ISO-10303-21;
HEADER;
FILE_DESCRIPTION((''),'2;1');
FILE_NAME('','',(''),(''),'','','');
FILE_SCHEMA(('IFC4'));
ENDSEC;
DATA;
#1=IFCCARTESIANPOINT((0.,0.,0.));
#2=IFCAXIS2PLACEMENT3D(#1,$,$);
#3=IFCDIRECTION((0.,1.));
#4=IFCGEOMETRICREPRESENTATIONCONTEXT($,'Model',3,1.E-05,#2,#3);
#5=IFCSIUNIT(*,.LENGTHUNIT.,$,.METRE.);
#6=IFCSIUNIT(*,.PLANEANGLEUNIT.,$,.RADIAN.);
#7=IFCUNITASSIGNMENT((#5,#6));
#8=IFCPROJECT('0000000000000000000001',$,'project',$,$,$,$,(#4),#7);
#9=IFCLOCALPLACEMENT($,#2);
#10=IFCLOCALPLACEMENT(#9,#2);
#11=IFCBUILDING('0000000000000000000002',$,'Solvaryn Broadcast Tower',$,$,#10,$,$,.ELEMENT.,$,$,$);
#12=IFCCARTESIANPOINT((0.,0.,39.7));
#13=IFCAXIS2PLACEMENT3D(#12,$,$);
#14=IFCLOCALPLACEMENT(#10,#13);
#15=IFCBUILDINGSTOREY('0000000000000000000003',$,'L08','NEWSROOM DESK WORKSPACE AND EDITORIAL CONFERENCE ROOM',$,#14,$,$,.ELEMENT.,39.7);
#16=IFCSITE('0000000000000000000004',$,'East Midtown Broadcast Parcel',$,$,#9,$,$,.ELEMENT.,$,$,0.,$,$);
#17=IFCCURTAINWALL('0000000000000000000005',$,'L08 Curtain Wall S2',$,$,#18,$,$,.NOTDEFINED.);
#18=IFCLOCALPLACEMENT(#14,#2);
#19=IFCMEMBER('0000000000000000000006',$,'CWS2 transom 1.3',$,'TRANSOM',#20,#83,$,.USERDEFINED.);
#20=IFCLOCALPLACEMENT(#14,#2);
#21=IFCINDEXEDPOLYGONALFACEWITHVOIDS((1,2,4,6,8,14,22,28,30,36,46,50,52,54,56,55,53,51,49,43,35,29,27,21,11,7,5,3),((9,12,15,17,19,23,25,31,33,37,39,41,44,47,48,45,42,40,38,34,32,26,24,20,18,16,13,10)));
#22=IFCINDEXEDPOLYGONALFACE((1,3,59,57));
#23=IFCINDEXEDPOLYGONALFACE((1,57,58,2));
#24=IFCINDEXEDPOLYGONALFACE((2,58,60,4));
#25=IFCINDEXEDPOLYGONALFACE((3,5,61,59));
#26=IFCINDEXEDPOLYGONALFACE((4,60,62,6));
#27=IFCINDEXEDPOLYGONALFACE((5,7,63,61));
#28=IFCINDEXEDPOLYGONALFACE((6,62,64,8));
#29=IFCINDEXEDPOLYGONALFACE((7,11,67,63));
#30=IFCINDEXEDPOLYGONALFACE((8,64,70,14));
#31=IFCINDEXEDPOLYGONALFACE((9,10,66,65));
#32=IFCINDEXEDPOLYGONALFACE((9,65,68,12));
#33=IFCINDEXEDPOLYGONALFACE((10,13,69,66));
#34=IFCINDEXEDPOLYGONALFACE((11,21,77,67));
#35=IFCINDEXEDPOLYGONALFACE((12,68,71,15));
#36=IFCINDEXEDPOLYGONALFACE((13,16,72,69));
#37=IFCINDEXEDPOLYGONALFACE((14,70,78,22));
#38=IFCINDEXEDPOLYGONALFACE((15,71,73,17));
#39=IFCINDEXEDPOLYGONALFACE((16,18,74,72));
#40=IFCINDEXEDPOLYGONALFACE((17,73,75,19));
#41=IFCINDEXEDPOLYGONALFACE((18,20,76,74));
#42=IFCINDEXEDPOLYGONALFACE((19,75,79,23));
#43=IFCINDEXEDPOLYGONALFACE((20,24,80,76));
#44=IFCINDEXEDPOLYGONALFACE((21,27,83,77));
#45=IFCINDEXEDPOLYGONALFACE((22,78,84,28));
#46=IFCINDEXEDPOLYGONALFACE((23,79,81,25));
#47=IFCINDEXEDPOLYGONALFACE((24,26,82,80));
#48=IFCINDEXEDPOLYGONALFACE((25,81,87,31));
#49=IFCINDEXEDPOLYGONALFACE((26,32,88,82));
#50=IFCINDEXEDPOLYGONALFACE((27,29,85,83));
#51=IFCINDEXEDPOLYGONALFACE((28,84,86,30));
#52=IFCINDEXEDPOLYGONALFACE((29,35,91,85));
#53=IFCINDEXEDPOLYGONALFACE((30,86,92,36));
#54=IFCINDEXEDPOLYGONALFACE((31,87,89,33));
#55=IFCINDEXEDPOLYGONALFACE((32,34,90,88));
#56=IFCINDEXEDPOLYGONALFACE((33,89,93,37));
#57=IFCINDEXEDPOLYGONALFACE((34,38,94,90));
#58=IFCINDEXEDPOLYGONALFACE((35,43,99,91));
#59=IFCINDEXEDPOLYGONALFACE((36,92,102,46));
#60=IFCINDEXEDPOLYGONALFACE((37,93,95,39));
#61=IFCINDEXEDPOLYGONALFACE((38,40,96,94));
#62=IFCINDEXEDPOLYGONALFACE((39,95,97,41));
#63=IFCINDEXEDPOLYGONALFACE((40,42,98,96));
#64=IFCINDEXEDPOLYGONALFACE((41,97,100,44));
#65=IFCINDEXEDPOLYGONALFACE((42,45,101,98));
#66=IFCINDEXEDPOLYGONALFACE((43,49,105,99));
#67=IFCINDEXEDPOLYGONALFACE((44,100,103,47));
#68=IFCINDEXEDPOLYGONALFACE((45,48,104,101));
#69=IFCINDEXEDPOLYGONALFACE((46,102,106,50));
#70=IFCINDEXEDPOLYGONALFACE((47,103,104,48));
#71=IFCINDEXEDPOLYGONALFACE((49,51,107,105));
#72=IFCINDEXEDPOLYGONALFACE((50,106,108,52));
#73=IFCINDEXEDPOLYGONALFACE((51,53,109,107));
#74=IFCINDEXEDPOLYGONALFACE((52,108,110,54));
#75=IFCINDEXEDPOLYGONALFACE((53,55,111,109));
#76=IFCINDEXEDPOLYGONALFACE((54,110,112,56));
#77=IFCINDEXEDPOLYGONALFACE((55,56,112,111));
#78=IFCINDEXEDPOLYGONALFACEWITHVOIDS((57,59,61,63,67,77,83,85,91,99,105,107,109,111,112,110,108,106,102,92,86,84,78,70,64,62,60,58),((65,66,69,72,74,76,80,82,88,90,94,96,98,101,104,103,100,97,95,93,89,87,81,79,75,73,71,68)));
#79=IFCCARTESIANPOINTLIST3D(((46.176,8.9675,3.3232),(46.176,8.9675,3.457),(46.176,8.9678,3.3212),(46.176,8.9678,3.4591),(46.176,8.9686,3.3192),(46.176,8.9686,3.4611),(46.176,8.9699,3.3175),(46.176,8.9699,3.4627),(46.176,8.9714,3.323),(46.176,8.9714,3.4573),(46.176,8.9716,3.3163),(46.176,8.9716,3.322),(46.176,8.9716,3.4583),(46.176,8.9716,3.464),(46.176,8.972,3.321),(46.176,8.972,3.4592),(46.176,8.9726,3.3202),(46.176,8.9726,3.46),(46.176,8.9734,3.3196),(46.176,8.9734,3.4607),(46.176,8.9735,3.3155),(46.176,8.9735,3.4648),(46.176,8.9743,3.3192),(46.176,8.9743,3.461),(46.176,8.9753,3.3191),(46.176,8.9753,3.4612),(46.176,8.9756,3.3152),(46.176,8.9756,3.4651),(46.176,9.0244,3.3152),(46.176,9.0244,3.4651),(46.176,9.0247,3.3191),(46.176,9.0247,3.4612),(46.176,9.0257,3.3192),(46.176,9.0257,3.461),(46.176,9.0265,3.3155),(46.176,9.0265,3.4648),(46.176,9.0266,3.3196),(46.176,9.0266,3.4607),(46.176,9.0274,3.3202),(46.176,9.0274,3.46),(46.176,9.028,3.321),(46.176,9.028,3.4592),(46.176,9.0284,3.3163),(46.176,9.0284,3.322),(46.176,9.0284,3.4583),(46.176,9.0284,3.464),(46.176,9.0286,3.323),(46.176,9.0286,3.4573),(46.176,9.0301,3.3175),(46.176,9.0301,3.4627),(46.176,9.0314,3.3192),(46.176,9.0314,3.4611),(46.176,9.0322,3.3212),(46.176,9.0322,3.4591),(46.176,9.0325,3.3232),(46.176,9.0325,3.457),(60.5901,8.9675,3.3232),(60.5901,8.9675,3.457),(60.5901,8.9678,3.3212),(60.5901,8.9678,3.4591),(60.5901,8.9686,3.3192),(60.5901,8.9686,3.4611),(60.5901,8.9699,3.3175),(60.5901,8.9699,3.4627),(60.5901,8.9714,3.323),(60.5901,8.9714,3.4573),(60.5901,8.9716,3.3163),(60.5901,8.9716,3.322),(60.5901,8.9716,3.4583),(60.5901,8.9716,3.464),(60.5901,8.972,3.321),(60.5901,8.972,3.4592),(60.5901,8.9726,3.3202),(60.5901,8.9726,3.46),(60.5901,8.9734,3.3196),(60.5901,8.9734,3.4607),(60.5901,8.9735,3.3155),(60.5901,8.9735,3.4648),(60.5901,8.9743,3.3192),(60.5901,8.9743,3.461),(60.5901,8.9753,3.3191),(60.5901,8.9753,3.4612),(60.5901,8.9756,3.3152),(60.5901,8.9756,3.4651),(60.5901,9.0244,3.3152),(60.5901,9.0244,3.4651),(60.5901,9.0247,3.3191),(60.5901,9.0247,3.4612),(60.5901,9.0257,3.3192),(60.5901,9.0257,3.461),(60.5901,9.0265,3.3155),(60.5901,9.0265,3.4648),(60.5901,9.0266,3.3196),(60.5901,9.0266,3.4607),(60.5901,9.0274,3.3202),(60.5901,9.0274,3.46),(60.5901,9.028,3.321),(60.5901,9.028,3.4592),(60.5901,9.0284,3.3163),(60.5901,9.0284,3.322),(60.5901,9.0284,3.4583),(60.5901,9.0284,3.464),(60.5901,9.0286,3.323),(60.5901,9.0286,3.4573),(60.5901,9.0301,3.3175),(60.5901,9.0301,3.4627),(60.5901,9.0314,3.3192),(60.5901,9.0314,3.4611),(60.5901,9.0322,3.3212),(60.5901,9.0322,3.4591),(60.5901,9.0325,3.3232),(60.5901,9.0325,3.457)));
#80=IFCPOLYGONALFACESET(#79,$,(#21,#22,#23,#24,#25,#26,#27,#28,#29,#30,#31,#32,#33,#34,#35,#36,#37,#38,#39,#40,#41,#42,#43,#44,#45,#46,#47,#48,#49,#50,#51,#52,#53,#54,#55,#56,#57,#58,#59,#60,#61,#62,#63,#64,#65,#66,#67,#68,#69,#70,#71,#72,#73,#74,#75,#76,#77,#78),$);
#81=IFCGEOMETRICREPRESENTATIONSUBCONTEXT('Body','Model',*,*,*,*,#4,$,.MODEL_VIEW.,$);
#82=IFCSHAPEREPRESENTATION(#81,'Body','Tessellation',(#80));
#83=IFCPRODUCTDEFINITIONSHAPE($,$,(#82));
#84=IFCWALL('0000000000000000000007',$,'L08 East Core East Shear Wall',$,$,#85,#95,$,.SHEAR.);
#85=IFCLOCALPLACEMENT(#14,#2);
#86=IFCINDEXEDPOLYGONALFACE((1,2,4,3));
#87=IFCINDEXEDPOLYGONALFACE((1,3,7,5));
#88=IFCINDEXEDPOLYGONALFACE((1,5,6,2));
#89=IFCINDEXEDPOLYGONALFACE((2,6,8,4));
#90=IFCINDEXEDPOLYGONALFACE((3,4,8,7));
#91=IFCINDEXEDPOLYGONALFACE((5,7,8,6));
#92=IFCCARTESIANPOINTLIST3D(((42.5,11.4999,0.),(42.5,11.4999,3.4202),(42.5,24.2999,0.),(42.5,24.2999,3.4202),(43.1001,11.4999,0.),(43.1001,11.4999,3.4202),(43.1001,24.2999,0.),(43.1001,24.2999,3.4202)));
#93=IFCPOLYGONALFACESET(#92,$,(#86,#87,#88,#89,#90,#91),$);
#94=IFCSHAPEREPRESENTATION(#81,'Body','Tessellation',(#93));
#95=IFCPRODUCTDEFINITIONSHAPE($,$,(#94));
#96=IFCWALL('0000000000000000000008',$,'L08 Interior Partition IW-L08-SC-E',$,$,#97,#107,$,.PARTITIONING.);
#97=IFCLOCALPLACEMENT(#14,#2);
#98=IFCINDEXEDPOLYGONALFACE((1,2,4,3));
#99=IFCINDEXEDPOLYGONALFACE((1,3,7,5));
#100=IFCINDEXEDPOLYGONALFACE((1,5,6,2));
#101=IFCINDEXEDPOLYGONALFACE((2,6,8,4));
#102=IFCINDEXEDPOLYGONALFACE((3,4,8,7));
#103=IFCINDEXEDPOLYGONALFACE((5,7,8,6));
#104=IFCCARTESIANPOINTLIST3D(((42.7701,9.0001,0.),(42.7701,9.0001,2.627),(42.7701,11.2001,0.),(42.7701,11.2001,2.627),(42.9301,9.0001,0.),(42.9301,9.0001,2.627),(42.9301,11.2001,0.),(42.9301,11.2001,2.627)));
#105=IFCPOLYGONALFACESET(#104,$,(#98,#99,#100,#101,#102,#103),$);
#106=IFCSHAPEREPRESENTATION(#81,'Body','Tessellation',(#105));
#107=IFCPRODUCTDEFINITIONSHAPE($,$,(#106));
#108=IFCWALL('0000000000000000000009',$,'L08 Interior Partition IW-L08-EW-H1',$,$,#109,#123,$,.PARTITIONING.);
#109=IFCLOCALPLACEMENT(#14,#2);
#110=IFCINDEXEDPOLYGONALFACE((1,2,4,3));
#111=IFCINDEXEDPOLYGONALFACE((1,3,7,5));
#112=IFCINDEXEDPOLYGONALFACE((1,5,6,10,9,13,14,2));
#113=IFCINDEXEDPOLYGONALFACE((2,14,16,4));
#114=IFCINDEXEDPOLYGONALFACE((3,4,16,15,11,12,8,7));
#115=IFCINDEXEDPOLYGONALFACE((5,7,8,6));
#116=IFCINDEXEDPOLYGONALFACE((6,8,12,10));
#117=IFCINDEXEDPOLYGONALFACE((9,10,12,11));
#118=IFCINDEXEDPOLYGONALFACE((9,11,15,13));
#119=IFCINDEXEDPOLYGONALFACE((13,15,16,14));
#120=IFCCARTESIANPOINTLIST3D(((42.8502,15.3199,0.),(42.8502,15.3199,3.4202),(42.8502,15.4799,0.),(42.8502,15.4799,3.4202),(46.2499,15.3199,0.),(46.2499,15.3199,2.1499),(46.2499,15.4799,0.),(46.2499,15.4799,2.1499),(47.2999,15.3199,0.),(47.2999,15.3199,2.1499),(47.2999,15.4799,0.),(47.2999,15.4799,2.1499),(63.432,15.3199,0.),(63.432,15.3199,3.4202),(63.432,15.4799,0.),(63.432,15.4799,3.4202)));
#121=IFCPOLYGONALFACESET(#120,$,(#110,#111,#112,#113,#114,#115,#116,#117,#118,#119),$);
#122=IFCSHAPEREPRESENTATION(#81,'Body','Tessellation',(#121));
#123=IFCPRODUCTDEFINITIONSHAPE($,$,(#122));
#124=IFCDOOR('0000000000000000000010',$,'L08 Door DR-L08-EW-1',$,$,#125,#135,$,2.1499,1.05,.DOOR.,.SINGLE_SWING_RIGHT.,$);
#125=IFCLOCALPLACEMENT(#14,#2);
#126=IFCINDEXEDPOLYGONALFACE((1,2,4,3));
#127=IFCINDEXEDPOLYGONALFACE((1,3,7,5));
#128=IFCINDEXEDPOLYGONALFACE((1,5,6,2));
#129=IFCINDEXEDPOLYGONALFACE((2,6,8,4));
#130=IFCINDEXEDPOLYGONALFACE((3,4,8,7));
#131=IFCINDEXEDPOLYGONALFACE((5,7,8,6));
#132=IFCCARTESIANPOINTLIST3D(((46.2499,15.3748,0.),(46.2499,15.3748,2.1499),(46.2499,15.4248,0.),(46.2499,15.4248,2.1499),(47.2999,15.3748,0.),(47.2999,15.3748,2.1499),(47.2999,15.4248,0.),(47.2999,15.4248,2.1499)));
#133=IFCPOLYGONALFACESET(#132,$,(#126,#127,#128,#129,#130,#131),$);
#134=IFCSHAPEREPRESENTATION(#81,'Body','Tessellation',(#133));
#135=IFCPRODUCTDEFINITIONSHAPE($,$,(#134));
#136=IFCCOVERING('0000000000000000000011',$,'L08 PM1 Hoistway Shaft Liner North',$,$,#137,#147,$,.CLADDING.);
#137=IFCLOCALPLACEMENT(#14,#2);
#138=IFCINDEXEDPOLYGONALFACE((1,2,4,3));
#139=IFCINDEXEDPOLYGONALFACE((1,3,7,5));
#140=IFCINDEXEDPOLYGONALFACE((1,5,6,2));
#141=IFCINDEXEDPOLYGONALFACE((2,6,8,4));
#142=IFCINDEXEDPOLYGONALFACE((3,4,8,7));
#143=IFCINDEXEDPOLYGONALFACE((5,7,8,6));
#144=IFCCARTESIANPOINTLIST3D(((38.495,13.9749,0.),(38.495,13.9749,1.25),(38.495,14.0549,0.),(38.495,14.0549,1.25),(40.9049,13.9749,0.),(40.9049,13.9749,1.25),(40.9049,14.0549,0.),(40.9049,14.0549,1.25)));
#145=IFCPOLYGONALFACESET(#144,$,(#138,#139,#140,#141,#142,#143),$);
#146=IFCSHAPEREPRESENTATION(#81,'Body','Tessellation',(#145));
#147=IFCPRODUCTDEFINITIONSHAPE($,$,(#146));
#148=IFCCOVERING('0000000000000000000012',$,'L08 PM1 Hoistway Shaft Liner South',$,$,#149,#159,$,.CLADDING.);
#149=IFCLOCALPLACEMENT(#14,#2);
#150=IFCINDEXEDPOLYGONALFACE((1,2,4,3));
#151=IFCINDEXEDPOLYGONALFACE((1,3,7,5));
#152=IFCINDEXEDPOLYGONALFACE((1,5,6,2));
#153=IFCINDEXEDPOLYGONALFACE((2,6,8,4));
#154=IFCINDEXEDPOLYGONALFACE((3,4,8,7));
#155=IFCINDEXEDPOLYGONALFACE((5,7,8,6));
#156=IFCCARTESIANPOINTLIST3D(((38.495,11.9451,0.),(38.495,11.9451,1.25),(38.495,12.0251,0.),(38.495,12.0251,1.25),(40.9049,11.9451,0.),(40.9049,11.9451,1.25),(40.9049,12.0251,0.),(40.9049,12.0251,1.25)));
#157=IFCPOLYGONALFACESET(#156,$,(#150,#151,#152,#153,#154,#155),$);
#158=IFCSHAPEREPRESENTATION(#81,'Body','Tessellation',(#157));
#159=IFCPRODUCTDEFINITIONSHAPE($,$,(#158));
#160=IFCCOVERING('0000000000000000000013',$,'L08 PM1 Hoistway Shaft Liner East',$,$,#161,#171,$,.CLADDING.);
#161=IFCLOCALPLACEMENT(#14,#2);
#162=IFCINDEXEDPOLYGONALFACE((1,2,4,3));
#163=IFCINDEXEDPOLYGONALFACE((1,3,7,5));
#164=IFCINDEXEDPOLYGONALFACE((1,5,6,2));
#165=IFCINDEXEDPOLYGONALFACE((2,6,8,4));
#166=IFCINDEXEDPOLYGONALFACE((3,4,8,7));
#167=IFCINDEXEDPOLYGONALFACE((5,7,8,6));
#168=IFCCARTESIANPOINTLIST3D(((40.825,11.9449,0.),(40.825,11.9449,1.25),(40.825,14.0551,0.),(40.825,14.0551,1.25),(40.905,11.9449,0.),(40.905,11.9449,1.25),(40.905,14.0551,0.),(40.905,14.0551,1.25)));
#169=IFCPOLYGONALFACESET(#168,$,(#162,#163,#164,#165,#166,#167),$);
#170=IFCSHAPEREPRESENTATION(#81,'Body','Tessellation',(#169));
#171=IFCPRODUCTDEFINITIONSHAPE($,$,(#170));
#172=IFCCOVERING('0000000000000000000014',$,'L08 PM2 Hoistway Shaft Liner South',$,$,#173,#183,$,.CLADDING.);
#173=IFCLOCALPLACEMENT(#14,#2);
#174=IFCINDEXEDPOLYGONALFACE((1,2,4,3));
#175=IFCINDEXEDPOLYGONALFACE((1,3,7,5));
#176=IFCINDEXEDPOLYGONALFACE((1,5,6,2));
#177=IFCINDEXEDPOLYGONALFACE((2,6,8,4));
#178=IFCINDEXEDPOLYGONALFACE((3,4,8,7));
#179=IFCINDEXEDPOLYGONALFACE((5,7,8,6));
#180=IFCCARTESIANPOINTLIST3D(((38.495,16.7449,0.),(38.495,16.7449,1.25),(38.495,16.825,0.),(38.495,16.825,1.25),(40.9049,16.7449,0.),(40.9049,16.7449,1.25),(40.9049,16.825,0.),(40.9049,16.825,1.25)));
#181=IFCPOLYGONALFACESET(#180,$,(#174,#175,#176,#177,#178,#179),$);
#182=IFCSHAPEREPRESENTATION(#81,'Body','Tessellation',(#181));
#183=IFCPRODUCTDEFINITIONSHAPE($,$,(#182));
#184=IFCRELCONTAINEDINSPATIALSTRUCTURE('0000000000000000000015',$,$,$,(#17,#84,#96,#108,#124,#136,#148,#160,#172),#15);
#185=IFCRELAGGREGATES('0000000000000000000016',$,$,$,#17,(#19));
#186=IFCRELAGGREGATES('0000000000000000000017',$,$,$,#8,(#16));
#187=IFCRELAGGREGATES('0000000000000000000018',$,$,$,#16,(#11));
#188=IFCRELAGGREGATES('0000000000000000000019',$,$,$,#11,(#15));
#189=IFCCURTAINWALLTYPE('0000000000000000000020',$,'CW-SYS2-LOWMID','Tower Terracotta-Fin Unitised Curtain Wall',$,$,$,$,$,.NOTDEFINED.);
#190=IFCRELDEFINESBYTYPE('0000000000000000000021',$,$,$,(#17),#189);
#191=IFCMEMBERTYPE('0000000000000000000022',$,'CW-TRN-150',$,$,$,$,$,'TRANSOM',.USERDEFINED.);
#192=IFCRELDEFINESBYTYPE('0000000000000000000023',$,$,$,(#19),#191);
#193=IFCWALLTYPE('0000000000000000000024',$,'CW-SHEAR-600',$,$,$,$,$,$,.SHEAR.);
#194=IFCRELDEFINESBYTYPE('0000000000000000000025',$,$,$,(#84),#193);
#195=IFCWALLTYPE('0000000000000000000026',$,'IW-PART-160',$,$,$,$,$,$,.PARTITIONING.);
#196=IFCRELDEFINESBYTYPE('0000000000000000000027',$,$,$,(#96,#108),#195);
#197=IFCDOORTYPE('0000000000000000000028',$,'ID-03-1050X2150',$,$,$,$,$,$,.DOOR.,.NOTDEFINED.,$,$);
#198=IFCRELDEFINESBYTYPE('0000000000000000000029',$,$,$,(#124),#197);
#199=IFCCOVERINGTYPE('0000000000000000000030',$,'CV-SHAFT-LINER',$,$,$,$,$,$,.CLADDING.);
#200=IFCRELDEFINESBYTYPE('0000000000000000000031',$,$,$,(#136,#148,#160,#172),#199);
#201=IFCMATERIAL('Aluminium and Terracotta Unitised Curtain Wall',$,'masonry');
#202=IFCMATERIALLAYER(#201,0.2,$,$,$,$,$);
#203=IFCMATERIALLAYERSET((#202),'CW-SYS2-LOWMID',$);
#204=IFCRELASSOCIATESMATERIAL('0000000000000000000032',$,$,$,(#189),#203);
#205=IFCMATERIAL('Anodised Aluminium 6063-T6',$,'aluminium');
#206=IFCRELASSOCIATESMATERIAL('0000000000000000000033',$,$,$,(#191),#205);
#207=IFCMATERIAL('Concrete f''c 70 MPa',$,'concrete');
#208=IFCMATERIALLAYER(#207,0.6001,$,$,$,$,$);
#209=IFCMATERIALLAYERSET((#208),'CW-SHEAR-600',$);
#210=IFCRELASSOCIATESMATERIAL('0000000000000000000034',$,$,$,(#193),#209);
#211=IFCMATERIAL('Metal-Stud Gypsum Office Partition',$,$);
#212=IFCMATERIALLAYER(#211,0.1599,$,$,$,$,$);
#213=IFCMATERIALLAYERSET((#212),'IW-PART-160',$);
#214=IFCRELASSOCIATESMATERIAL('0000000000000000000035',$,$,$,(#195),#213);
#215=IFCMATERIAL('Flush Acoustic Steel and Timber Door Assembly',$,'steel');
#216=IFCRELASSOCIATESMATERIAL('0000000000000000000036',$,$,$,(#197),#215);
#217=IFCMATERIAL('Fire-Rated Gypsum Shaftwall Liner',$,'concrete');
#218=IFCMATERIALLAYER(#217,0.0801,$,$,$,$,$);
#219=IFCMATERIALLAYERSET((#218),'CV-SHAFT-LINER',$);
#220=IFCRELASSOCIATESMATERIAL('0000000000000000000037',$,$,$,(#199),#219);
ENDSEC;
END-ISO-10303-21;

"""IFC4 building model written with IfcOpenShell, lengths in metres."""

from ifc_helpers import new_model, si_unit, direction, frame, frame_2d, origin, origin_2d, place, context, subcontext, project, spatial, rectangle, hollow_rectangle, extrude, material, layer, layer_set, material_profile, profile_set, type_object, element, fill, aggregate, save


model = new_model("IFC4")

# Units and contexts
model_context = context("Model", 3, precision=1e-05, world=origin(), true_north=direction((0.0, 1.0)))
body_context = subcontext(model_context, "Body", "Model", "MODEL_VIEW")
ifc_project = project(units=[si_unit("LENGTHUNIT", "METRE"), si_unit("PLANEANGLEUNIT", "RADIAN")], contexts=[model_context])

# Site, building, storey
site_placement = place(None, origin())
site = spatial("IfcSite", under=ifc_project, at=site_placement, Name="East Midtown Broadcast Parcel", CompositionType="ELEMENT", RefElevation=0.0)
building_placement = place(site_placement, origin())
building = spatial("IfcBuilding", under=site, at=building_placement, Name="Solvaryn Broadcast Tower", CompositionType="ELEMENT")
storey_placement = place(building_placement, frame((0.0, 0.0, 39.7)))
storey = spatial("IfcBuildingStorey", under=building, at=storey_placement, Name="L08", Description="NEWSROOM DESK WORKSPACE AND EDITORIAL CONFERENCE ROOM", CompositionType="ELEMENT", Elevation=39.7)

# Shared definitions
ifc_material_1 = material(Name="Aluminium and Terracotta Unitised Curtain Wall", Category="masonry")
ifc_layer_1 = layer(ifc_material_1, 0.2)
ifc_layer_set_1 = layer_set([ifc_layer_1], Name="CW-SYS2-LOWMID")
curtain_wall_type = type_object("IfcCurtainWallType", Name="CW-SYS2-LOWMID", Description="Tower Terracotta-Fin Unitised Curtain Wall", PredefinedType="NOTDEFINED", material=ifc_layer_set_1)

# Curtain wall, member
curtain_wall_1_placement = place(storey_placement, origin())
curtain_wall_1 = element("IfcCurtainWall", 1, at=curtain_wall_1_placement, inside=storey, type_object=curtain_wall_type, Name="L08 Curtain Wall S2", PredefinedType="NOTDEFINED")
ifc_material_2 = material(Name="Anodised Aluminium 6063-T6", Category="aluminium")
ifc_material_profile_1 = material_profile(ifc_material_2, hollow_rectangle(XDim=0.0649, YDim=0.1499, WallThickness=0.0039, InnerFilletRadius=0.0039, OuterFilletRadius=0.0081, at=origin_2d()))
ifc_profile_set_1 = profile_set([ifc_material_profile_1], Name="Anodised Aluminium 6063-T6")
member_type_1 = type_object("IfcMemberType", Name="CW-TRN-150", ElementType="TRANSOM", PredefinedType="USERDEFINED", material=ifc_profile_set_1)
member_1_placement = place(storey_placement, frame((46.176, 9.0, 3.3901), z_axis=(1.0, 0.0, 0.0), x_axis=(0.0, 1.0, 0.0)))
member_1 = element("IfcMember", 2, at=member_1_placement, type_object=member_type_1, Name="CWS2 transom 1.3", ObjectType="TRANSOM", PredefinedType="USERDEFINED", context=body_context, shape_type="SweptSolid", body=[
    extrude(hollow_rectangle(XDim=0.0649, YDim=0.1499, WallThickness=0.0039, InnerFilletRadius=0.0039, OuterFilletRadius=0.0081, at=origin_2d()), origin(), (0.0, 0.0, 1.0), 14.4141),
])
aggregate(curtain_wall_1, [member_1])

# Walls
ifc_material_3 = material(Name="Concrete f'c 70 MPa", Category="concrete")
ifc_layer_2 = layer(ifc_material_3, 0.6001)
ifc_layer_set_2 = layer_set([ifc_layer_2], Name="CW-SHEAR-600")
wall_type_1 = type_object("IfcWallType", Name="CW-SHEAR-600", PredefinedType="SHEAR", material=ifc_layer_set_2)
wall_1_placement = place(storey_placement, frame((42.8, 11.5, 0.0), z_axis=(0.0, 0.0, 1.0), x_axis=(0.0, 1.0, 0.0)))
element("IfcWall", 3, at=wall_1_placement, inside=storey, type_object=wall_type_1, Name="L08 East Core East Shear Wall", PredefinedType="SHEAR", context=body_context, shape_type="SweptSolid", body=[
    extrude(rectangle(XDim=12.8, YDim=0.6001, at=frame_2d((6.3999, 0.0))), origin(), (0.0, 0.0, 1.0), 3.4202),
])
ifc_material_4 = material(Name="Metal-Stud Gypsum Office Partition")
ifc_layer_3 = layer(ifc_material_4, 0.1599)
ifc_layer_set_3 = layer_set([ifc_layer_3], Name="IW-PART-160")
wall_type_2 = type_object("IfcWallType", Name="IW-PART-160", PredefinedType="PARTITIONING", material=ifc_layer_set_3)
wall_2_placement = place(storey_placement, frame((42.8501, 9.0, 0.0), z_axis=(0.0, 0.0, 1.0), x_axis=(0.0, 1.0, 0.0)))
element("IfcWall", 4, at=wall_2_placement, inside=storey, type_object=wall_type_2, Name="L08 Interior Partition IW-L08-SC-E", PredefinedType="PARTITIONING", context=body_context, shape_type="SweptSolid", body=[
    extrude(rectangle(XDim=2.2, YDim=0.1599, at=frame_2d((1.1001, 0.0))), origin(), (0.0, 0.0, 1.0), 2.627),
])

# Wall, opening, door
wall_3_placement = place(storey_placement, frame((42.8501, 15.3999, 0.0), z_axis=(0.0, 0.0, 1.0), x_axis=(1.0, 0.0, 0.0)))
wall_3 = element("IfcWall", 5, at=wall_3_placement, inside=storey, type_object=wall_type_2, Name="L08 Interior Partition IW-L08-EW-H1", PredefinedType="PARTITIONING", context=body_context, shape_type="SweptSolid", body=[
    extrude(rectangle(XDim=20.5818, YDim=0.1599, at=frame_2d((10.291, 0.0))), origin(), (0.0, 0.0, 1.0), 3.4202),
])
opening_1_placement = place(wall_3_placement, frame((3.3999, 0.0, 0.0)))
opening_1 = element("IfcOpeningElement", 6, at=opening_1_placement, cuts=wall_3, PredefinedType="OPENING", context=body_context, shape_type="SweptSolid", body=[
    extrude(rectangle(XDim=1.05, YDim=2.1499, at=frame_2d((0.5249, 1.075))), frame((0.0, 0.0901, 0.0), z_axis=(0.0, -1.0, 0.0), x_axis=(1.0, 0.0, 0.0)), (0.0, 0.0, 1.0), 0.1799),
])
ifc_material_5 = material(Name="Flush Acoustic Steel and Timber Door Assembly", Category="steel")
door_type_1 = type_object("IfcDoorType", Name="ID-03-1050X2150", OperationType="NOTDEFINED", PredefinedType="DOOR", material=ifc_material_5)
door_1_placement = place(opening_1_placement, origin())
door_1 = element("IfcDoor", 7, at=door_1_placement, inside=storey, type_object=door_type_1, Name="L08 Door DR-L08-EW-1", OperationType="SINGLE_SWING_RIGHT", OverallHeight=2.1499, OverallWidth=1.05, PredefinedType="DOOR", context=body_context, shape_type="SweptSolid", body=[
    extrude(rectangle(XDim=1.05, YDim=2.1499, at=frame_2d((0.5249, 1.075))), frame((0.0, 0.0249, 0.0), z_axis=(0.0, -1.0, 0.0), x_axis=(1.0, 0.0, 0.0)), (0.0, 0.0, 1.0), 0.05),
])
fill(opening_1, door_1)

# Coverings
ifc_material_6 = material(Name="Fire-Rated Gypsum Shaftwall Liner", Category="concrete")
ifc_layer_4 = layer(ifc_material_6, 0.0801)
ifc_layer_set_4 = layer_set([ifc_layer_4], Name="CV-SHAFT-LINER")
covering_type_1 = type_object("IfcCoveringType", Name="CV-SHAFT-LINER", PredefinedType="CLADDING", material=ifc_layer_set_4)
for number, where, z_axis, x_axis, name in (
    (8, (39.7, 14.0149, 0.0), (0.0, 0.0, 1.0), (1.0, 0.0, 0.0), "L08 PM1 Hoistway Shaft Liner North"),
    (9, (39.7, 11.9851, 0.0), (0.0, 0.0, 1.0), (1.0, 0.0, 0.0), "L08 PM1 Hoistway Shaft Liner South"),
):
    element("IfcCovering", number, at=place(storey_placement, frame(where, z_axis=z_axis, x_axis=x_axis)), inside=storey, type_object=covering_type_1, Name=name, PredefinedType="CLADDING", context=body_context, shape_type="SweptSolid", body=[
        extrude(rectangle(XDim=2.4099, YDim=0.0801, at=origin_2d()), origin(), (0.0, 0.0, 1.0), 1.25),
    ])
covering_1_placement = place(storey_placement, frame((40.865, 13.0, 0.0), z_axis=(0.0, 0.0, 1.0), x_axis=(1.0, 0.0, 0.0)))
element("IfcCovering", 10, at=covering_1_placement, inside=storey, type_object=covering_type_1, Name="L08 PM1 Hoistway Shaft Liner East", PredefinedType="CLADDING", context=body_context, shape_type="SweptSolid", body=[
    extrude(rectangle(XDim=0.0801, YDim=2.1101, at=origin_2d()), origin(), (0.0, 0.0, 1.0), 1.25),
])
covering_2_placement = place(storey_placement, frame((39.7, 16.7849, 0.0), z_axis=(0.0, 0.0, 1.0), x_axis=(1.0, 0.0, 0.0)))
element("IfcCovering", 11, at=covering_2_placement, inside=storey, type_object=covering_type_1, Name="L08 PM2 Hoistway Shaft Liner South", PredefinedType="CLADDING", context=body_context, shape_type="SweptSolid", body=[
    extrude(rectangle(XDim=2.4099, YDim=0.0801, at=origin_2d()), origin(), (0.0, 0.0, 1.0), 1.25),
])

save(model, "model.ifc")
